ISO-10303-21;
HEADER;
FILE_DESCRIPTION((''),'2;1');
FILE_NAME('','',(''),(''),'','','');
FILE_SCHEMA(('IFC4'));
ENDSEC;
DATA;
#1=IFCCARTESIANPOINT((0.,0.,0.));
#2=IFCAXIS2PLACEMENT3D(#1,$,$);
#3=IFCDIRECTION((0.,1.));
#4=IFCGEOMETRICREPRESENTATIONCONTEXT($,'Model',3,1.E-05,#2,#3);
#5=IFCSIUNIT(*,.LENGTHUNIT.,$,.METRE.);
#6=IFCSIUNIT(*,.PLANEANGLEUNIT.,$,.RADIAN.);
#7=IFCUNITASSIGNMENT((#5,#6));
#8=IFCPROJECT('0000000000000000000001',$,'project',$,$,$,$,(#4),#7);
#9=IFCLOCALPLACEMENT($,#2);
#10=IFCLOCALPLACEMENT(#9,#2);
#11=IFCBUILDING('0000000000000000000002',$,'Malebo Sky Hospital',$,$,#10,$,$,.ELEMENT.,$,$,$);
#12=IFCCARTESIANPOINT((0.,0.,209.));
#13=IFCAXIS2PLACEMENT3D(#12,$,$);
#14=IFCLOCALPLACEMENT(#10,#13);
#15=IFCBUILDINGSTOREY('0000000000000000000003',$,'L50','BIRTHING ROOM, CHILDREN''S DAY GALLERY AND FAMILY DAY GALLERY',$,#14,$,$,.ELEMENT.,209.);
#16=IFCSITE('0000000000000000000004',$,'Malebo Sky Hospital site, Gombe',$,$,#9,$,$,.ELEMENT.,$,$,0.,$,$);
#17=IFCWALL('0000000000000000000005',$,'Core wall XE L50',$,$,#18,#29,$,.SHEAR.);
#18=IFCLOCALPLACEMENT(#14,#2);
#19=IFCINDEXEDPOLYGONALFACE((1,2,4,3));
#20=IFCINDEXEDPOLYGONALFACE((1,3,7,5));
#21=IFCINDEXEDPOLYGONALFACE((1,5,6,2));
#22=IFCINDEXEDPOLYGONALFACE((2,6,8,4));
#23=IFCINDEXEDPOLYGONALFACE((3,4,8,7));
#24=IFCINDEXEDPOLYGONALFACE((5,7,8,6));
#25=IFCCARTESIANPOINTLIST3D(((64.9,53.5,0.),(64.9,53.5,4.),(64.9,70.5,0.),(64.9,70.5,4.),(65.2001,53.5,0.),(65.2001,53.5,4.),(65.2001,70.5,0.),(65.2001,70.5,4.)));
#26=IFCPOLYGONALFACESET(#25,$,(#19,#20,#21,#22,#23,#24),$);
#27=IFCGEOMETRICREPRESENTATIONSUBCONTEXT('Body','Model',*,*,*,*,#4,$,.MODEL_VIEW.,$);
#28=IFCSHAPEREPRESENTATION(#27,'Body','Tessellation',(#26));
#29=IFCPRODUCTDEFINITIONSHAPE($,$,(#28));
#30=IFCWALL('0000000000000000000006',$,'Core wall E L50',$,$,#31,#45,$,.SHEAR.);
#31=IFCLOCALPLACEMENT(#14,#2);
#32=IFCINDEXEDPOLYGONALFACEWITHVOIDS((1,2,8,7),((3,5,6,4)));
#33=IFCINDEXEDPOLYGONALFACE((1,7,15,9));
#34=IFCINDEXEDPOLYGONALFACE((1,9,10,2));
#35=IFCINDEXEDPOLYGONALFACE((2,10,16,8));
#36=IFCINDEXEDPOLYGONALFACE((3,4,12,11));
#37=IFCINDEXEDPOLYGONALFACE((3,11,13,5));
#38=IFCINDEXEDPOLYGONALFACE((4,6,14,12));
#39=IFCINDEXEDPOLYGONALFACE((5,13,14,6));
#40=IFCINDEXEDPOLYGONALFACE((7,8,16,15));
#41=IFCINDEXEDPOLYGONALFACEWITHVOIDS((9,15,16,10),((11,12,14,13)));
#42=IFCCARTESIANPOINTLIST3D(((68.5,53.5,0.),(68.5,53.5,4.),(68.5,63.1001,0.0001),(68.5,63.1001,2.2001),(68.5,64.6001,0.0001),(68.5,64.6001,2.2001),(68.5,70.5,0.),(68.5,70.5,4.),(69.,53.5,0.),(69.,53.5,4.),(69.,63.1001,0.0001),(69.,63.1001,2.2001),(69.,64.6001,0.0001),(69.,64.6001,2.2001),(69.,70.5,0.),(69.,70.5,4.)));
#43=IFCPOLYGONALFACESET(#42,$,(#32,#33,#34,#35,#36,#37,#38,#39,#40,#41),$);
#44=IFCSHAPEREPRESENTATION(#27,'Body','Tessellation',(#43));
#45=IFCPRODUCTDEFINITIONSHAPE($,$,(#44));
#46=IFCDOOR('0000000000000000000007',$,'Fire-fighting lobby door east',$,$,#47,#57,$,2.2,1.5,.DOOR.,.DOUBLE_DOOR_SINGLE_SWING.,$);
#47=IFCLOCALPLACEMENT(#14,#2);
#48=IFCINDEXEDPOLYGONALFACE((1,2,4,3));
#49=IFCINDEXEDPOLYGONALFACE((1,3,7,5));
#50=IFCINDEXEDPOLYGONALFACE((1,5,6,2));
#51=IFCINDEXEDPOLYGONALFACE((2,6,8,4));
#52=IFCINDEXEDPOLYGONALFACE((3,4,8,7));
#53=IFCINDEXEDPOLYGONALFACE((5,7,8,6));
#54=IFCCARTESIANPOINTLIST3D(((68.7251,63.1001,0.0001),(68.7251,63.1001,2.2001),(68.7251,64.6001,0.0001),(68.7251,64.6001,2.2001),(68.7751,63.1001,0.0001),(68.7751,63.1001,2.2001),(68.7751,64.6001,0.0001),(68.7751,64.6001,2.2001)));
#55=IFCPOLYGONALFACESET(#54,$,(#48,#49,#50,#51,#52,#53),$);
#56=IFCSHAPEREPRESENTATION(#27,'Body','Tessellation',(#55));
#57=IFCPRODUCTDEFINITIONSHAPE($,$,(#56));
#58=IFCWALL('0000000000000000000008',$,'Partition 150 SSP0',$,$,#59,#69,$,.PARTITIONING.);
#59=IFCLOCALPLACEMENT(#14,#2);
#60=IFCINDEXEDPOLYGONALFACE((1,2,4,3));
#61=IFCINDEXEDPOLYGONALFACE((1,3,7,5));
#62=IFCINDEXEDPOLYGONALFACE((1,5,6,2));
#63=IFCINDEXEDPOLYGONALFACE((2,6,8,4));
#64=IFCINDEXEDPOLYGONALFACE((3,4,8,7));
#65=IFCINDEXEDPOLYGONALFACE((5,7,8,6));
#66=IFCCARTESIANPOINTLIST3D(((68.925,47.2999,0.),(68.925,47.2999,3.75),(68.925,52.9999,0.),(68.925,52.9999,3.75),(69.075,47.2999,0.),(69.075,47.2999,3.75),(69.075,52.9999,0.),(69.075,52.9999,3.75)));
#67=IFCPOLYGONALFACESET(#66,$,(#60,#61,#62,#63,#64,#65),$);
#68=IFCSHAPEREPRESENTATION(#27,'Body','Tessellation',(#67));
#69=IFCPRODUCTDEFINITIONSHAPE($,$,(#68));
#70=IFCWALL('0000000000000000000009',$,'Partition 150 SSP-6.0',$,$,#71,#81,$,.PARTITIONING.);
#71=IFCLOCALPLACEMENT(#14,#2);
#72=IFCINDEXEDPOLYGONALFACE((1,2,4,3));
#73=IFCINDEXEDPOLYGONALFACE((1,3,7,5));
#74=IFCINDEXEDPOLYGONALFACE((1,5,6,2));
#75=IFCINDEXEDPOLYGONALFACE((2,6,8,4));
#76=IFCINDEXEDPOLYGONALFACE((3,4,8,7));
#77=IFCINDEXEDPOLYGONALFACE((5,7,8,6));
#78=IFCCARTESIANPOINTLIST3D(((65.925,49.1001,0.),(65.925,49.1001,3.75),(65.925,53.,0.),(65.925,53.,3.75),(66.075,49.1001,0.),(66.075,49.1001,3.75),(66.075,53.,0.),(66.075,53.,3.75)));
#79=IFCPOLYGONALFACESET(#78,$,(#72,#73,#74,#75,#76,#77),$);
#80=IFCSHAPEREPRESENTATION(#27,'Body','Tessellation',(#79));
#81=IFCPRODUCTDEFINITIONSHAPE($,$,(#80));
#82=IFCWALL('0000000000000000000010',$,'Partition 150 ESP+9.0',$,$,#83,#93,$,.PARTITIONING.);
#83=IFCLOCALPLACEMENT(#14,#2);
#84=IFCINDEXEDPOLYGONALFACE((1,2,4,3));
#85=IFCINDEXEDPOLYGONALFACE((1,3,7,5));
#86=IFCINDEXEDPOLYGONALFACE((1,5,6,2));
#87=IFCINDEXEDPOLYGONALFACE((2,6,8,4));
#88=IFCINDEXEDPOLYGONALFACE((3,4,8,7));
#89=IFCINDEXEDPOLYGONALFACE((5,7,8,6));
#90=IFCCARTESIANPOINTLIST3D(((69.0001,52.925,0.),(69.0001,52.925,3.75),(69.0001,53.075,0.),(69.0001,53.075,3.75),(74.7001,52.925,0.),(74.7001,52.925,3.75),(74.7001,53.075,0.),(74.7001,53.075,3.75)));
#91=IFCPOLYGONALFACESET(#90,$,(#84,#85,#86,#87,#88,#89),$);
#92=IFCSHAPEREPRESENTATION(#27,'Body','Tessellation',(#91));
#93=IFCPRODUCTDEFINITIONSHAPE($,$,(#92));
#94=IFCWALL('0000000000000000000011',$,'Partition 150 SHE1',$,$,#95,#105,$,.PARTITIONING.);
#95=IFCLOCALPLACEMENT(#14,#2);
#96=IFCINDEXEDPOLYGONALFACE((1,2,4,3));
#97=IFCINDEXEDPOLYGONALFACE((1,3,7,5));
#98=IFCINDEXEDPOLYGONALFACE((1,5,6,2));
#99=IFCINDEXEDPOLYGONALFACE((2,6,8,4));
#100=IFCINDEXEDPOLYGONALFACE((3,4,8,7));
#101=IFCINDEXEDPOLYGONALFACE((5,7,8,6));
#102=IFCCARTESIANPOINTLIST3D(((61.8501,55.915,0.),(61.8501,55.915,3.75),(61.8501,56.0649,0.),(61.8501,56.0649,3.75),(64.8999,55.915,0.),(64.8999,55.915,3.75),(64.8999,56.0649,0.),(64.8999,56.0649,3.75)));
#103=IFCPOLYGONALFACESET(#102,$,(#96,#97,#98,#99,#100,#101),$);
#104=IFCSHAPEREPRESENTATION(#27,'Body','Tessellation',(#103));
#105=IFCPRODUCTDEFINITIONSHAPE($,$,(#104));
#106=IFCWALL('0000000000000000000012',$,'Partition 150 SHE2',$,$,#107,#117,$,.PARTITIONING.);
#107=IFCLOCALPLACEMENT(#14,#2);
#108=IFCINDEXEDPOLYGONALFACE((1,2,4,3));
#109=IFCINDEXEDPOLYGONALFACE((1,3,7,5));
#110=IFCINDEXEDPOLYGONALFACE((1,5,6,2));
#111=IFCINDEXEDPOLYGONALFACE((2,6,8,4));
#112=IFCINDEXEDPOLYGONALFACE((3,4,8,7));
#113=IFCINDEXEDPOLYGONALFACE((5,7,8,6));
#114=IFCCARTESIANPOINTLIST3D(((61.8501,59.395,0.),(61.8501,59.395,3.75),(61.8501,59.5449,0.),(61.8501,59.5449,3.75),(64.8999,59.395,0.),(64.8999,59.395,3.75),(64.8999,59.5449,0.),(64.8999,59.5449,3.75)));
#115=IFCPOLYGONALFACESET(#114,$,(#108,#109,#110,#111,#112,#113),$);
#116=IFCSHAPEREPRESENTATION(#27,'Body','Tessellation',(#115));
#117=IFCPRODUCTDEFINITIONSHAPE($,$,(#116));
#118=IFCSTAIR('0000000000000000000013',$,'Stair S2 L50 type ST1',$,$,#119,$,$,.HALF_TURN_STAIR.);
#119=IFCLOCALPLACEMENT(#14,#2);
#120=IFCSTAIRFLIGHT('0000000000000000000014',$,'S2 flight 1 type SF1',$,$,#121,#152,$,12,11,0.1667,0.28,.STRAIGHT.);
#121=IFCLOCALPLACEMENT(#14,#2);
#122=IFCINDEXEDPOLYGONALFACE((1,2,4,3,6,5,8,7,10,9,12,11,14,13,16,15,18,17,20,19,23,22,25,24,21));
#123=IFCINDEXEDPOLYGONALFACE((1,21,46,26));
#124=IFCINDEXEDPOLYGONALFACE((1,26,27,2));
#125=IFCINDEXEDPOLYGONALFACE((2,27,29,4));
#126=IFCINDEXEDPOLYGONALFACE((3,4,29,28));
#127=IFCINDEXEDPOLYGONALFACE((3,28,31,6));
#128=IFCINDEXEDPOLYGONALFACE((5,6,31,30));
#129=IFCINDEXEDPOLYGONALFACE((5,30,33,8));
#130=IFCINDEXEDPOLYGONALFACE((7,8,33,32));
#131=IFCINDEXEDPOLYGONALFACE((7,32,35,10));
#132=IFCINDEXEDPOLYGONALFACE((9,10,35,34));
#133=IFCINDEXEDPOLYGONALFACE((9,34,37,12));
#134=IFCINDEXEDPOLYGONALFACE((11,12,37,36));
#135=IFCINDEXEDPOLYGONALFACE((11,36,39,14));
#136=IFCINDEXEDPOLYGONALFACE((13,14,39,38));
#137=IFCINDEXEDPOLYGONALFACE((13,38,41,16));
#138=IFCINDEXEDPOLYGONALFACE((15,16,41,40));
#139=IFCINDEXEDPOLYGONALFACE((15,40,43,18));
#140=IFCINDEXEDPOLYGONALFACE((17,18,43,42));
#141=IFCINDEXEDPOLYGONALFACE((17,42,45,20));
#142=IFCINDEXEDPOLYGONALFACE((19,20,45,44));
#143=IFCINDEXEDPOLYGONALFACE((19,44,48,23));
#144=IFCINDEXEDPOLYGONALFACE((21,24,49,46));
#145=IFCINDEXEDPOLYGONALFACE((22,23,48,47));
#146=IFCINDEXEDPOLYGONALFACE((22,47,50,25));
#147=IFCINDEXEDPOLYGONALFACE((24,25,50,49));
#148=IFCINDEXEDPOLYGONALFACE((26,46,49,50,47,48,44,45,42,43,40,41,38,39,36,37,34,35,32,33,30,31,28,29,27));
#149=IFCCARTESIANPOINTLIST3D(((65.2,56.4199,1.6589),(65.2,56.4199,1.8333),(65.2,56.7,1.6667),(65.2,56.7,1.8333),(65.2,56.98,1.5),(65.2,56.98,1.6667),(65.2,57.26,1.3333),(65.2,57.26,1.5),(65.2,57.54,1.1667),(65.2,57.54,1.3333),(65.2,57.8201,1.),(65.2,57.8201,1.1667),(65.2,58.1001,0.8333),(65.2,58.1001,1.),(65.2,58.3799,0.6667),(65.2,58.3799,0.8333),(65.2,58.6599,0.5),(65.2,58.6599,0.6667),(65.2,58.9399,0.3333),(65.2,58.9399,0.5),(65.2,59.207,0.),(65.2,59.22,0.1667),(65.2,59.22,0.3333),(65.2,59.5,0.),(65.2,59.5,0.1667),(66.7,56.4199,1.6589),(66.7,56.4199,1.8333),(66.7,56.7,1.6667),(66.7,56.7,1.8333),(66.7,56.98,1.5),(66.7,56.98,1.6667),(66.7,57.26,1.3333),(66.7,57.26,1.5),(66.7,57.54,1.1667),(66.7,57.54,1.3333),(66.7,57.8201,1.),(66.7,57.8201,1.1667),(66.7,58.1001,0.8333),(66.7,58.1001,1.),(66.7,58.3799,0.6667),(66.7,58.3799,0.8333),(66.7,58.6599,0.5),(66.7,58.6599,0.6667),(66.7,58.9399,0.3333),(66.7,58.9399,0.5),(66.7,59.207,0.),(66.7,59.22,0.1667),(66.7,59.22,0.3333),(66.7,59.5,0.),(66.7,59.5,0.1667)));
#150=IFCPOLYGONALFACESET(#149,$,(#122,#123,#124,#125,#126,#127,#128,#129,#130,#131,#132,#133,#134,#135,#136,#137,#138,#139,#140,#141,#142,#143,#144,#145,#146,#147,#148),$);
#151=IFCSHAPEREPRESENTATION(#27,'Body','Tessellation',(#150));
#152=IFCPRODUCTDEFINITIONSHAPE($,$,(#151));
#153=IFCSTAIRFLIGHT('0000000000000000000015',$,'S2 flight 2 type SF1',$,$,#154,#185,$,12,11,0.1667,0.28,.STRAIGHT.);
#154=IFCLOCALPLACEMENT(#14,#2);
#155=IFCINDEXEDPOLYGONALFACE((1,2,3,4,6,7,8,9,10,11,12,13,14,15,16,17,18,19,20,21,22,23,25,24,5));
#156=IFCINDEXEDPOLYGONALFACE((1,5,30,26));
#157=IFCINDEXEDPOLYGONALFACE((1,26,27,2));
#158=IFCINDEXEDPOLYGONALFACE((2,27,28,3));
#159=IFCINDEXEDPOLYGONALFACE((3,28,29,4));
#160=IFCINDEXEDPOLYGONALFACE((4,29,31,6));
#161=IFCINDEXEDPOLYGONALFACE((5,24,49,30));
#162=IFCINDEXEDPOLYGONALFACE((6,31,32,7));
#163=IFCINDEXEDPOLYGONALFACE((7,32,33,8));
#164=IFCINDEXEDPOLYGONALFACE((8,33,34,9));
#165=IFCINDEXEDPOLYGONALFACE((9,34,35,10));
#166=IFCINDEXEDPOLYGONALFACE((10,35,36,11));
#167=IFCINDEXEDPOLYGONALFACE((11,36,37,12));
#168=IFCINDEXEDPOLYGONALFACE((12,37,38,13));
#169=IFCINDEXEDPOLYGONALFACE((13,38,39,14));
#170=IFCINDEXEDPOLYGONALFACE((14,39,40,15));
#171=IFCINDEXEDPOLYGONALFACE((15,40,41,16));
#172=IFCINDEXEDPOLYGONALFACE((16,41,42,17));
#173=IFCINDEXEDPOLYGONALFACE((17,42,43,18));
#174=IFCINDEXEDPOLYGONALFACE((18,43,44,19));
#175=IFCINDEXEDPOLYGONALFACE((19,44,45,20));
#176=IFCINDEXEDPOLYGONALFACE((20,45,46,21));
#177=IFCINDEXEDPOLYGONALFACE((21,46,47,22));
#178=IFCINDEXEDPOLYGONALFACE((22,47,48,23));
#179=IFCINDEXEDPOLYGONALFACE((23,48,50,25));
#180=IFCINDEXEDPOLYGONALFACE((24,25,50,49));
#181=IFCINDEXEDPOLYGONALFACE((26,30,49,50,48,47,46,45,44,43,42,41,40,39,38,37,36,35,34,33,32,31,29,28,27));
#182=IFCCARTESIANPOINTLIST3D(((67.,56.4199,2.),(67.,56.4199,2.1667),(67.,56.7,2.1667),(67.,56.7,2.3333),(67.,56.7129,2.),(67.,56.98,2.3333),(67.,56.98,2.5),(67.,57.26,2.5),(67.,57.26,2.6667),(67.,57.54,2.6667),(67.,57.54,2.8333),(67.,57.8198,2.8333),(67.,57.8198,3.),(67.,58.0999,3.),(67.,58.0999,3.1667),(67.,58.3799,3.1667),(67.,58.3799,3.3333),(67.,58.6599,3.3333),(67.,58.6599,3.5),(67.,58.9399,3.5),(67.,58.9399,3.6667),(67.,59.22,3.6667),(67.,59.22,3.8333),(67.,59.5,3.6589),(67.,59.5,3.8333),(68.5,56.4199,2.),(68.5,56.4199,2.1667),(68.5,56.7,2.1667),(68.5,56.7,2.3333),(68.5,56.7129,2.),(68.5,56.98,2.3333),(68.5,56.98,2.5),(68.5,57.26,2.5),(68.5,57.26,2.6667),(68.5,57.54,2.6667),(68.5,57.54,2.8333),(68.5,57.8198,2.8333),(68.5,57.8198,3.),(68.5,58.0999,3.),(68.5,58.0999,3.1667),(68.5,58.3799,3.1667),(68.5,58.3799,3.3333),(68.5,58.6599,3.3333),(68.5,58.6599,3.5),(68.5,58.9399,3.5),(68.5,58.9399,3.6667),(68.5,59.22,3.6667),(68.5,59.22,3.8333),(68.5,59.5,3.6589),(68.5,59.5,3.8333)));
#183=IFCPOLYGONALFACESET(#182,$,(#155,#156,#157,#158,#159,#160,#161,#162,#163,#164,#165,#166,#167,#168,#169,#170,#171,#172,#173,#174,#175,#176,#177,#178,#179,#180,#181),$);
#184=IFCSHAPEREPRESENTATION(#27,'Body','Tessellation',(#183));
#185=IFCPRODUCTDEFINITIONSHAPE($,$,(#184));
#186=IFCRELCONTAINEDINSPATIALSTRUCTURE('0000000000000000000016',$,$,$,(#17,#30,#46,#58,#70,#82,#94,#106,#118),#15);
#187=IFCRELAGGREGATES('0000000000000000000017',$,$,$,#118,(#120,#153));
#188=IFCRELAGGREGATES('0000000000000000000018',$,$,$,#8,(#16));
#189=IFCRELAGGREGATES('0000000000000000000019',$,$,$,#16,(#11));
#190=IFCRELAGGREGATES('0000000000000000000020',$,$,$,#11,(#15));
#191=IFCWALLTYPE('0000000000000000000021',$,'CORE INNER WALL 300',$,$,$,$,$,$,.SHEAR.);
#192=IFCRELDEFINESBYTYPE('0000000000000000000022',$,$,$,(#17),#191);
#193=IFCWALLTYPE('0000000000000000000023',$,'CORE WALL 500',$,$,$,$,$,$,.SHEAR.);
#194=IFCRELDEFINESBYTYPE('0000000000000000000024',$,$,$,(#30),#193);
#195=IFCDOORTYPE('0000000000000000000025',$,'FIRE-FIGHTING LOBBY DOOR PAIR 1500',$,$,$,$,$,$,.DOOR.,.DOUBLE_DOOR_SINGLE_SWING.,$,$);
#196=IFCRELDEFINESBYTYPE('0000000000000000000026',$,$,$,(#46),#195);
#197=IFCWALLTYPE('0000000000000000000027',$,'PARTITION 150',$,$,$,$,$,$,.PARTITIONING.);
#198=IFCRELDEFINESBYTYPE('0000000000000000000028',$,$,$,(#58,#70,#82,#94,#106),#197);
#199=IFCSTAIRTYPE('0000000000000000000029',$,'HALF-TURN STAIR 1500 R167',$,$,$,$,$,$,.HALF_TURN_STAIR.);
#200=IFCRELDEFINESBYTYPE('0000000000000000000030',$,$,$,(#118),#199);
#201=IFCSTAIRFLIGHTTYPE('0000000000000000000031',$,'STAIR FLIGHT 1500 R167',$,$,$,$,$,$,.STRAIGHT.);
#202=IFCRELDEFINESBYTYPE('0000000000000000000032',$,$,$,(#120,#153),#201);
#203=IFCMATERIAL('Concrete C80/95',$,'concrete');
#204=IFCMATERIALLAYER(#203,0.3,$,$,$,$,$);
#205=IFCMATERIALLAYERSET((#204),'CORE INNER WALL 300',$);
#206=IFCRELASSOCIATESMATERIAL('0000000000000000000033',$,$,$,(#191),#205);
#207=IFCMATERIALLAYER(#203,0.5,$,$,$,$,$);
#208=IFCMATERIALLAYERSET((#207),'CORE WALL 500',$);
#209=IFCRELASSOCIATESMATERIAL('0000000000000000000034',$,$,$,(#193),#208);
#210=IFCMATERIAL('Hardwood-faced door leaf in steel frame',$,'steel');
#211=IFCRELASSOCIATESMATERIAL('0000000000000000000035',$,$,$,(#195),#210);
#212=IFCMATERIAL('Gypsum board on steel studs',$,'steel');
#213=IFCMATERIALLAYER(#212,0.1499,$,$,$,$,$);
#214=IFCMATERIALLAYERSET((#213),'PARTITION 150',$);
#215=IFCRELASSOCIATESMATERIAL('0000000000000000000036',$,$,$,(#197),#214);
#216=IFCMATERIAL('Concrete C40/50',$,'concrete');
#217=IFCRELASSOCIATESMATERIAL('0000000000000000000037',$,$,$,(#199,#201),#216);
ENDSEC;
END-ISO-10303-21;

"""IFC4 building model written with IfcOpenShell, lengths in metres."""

from ifc_helpers import new_model, si_unit, direction, frame, frame_2d, origin, place, context, subcontext, project, spatial, polyline, rectangle, outline, extrude, material, layer, layer_set, type_object, element, fill, aggregate, save


model = new_model("IFC4")

# Units and contexts
model_context = context("Model", 3, precision=1e-05, world=origin(), true_north=direction((0.0, 1.0)))
body_context = subcontext(model_context, "Body", "Model", "MODEL_VIEW")
ifc_project = project(units=[si_unit("LENGTHUNIT", "METRE"), si_unit("PLANEANGLEUNIT", "RADIAN")], contexts=[model_context])

# Site, building, storey
site_placement = place(None, origin())
site = spatial("IfcSite", under=ifc_project, at=site_placement, Name="Malebo Sky Hospital site, Gombe", CompositionType="ELEMENT", RefElevation=0.0)
building_placement = place(site_placement, origin())
building = spatial("IfcBuilding", under=site, at=building_placement, Name="Malebo Sky Hospital", CompositionType="ELEMENT")
storey_placement = place(building_placement, frame((0.0, 0.0, 209.0)))
storey = spatial("IfcBuildingStorey", under=building, at=storey_placement, Name="L50", Description="BIRTHING ROOM, CHILDREN'S DAY GALLERY AND FAMILY DAY GALLERY", CompositionType="ELEMENT", Elevation=209.0)

# Shared definitions
ifc_material_1 = material(Name="Concrete C80/95", Category="concrete")
ifc_material_2 = material(Name="Hardwood-faced door leaf in steel frame", Category="steel")

# Wall
ifc_layer_1 = layer(ifc_material_1, 0.3)
ifc_layer_set_1 = layer_set([ifc_layer_1], Name="CORE INNER WALL 300")
wall_type_1 = type_object("IfcWallType", Name="CORE INNER WALL 300", PredefinedType="SHEAR", material=ifc_layer_set_1)
wall_1_placement = place(storey_placement, frame((65.05, 53.5, 0.0), z_axis=(0.0, 0.0, 1.0), x_axis=(0.0, 1.0, 0.0)))
element("IfcWall", 1, at=wall_1_placement, inside=storey, type_object=wall_type_1, Name="Core wall XE L50", PredefinedType="SHEAR", context=body_context, shape_type="SweptSolid", body=[
    extrude(rectangle(XDim=17.0, YDim=0.3, at=frame_2d((8.5, 0.0))), origin(), (0.0, 0.0, 1.0), 4.0),
])

# Wall, opening, door
ifc_layer_2 = layer(ifc_material_1, 0.5)
ifc_layer_set_2 = layer_set([ifc_layer_2], Name="CORE WALL 500")
wall_type_2 = type_object("IfcWallType", Name="CORE WALL 500", PredefinedType="SHEAR", material=ifc_layer_set_2)
wall_2_placement = place(storey_placement, frame((68.75, 53.5, 0.0), z_axis=(0.0, 0.0, 1.0), x_axis=(0.0, 1.0, 0.0)))
wall_2 = element("IfcWall", 2, at=wall_2_placement, inside=storey, type_object=wall_type_2, Name="Core wall E L50", PredefinedType="SHEAR", context=body_context, shape_type="SweptSolid", body=[
    extrude(rectangle(XDim=17.0, YDim=0.5, at=frame_2d((8.5, 0.0))), origin(), (0.0, 0.0, 1.0), 4.0),
])
opening_1_placement = place(wall_2_placement, frame((9.6001, 0.0, 0.0)))
opening_1 = element("IfcOpeningElement", 3, at=opening_1_placement, cuts=wall_2, PredefinedType="OPENING", context=body_context, shape_type="SweptSolid", body=[
    extrude(rectangle(XDim=1.5, YDim=2.2, at=frame_2d((0.75, 1.1001))), frame((0.0, 0.26, 0.0), z_axis=(0.0, -1.0, 0.0), x_axis=(1.0, 0.0, 0.0)), (0.0, 0.0, 1.0), 0.52),
])
door_type_1 = type_object("IfcDoorType", Name="FIRE-FIGHTING LOBBY DOOR PAIR 1500", OperationType="DOUBLE_DOOR_SINGLE_SWING", PredefinedType="DOOR", material=ifc_material_2)
door_1_placement = place(opening_1_placement, origin())
door_1 = element("IfcDoor", 4, at=door_1_placement, inside=storey, type_object=door_type_1, Name="Fire-fighting lobby door east", OperationType="DOUBLE_DOOR_SINGLE_SWING", OverallHeight=2.2, OverallWidth=1.5, PredefinedType="DOOR", context=body_context, shape_type="SweptSolid", body=[
    extrude(rectangle(XDim=1.5, YDim=2.2, at=frame_2d((0.75, 1.1001))), frame((0.0, 0.0249, 0.0), z_axis=(0.0, -1.0, 0.0), x_axis=(1.0, 0.0, 0.0)), (0.0, 0.0, 1.0), 0.05),
])
fill(opening_1, door_1)

# Walls
ifc_material_3 = material(Name="Gypsum board on steel studs", Category="steel")
ifc_layer_3 = layer(ifc_material_3, 0.1499)
ifc_layer_set_3 = layer_set([ifc_layer_3], Name="PARTITION 150")
wall_type_3 = type_object("IfcWallType", Name="PARTITION 150", PredefinedType="PARTITIONING", material=ifc_layer_set_3)
wall_3_placement = place(storey_placement, frame((69.0, 53.0, 0.0), z_axis=(0.0, 0.0, 1.0), x_axis=(0.0, -1.0, 0.0)))
element("IfcWall", 5, at=wall_3_placement, inside=storey, type_object=wall_type_3, Name="Partition 150 SSP0", PredefinedType="PARTITIONING", context=body_context, shape_type="SweptSolid", body=[
    extrude(rectangle(XDim=5.7, YDim=0.1499, at=frame_2d((2.8501, 0.0))), origin(), (0.0, 0.0, 1.0), 3.75),
])
wall_4_placement = place(storey_placement, frame((66.0, 53.0, 0.0), z_axis=(0.0, 0.0, 1.0), x_axis=(0.0, -1.0, 0.0)))
element("IfcWall", 6, at=wall_4_placement, inside=storey, type_object=wall_type_3, Name="Partition 150 SSP-6.0", PredefinedType="PARTITIONING", context=body_context, shape_type="SweptSolid", body=[
    extrude(rectangle(XDim=3.8999, YDim=0.1499, at=frame_2d((1.95, 0.0))), origin(), (0.0, 0.0, 1.0), 3.75),
])
wall_5_placement = place(storey_placement, frame((69.0, 53.0, 0.0), z_axis=(0.0, 0.0, 1.0), x_axis=(1.0, 0.0, 0.0)))
element("IfcWall", 7, at=wall_5_placement, inside=storey, type_object=wall_type_3, Name="Partition 150 ESP+9.0", PredefinedType="PARTITIONING", context=body_context, shape_type="SweptSolid", body=[
    extrude(rectangle(XDim=5.7, YDim=0.1499, at=frame_2d((2.8501, 0.0))), origin(), (0.0, 0.0, 1.0), 3.75),
])
for number, where, z_axis, x_axis, name in (
    (8, (61.8501, 55.99, 0.0), (0.0, 0.0, 1.0), (1.0, 0.0, 0.0), "Partition 150 SHE1"),
    (9, (61.8501, 59.47, 0.0), (0.0, 0.0, 1.0), (1.0, 0.0, 0.0), "Partition 150 SHE2"),
):
    element("IfcWall", number, at=place(storey_placement, frame(where, z_axis=z_axis, x_axis=x_axis)), inside=storey, type_object=wall_type_3, Name=name, PredefinedType="PARTITIONING", context=body_context, shape_type="SweptSolid", body=[
        extrude(rectangle(XDim=3.0498, YDim=0.1499, at=frame_2d((1.5249, 0.0))), origin(), (0.0, 0.0, 1.0), 3.75),
    ])

# Stair, stair flights
ifc_material_4 = material(Name="Concrete C40/50", Category="concrete")
stair_type = type_object("IfcStairType", Name="HALF-TURN STAIR 1500 R167", PredefinedType="HALF_TURN_STAIR", material=ifc_material_4)
stair_placement = place(storey_placement, origin())
stair = element("IfcStair", 10, at=stair_placement, inside=storey, type_object=stair_type, Name="Stair S2 L50 type ST1", PredefinedType="HALF_TURN_STAIR")
stair_flight_type = type_object("IfcStairFlightType", Name="STAIR FLIGHT 1500 R167", PredefinedType="STRAIGHT", material=ifc_material_4)
stair_flight_1_placement = place(storey_placement, frame((65.95, 59.5, 0.0), z_axis=(0.0, 0.0, 1.0), x_axis=(0.0, -1.0, 0.0)))
stair_flight_1 = element("IfcStairFlight", 11, at=stair_flight_1_placement, type_object=stair_flight_type, Name="S2 flight 1 type SF1", NumberOfRisers=12, NumberOfTreads=11, PredefinedType="STRAIGHT", RiserHeight=0.1667, TreadLength=0.28, context=body_context, shape_type="SweptSolid", body=[
    extrude(outline(polyline([(0.0, 0.0), (0.0, 0.1667), (0.28, 0.1667), (0.28, 0.3333), (0.5601, 0.3333), (0.5601, 0.5), (0.8401, 0.5), (0.8401, 0.6667), (1.1201, 0.6667), (1.1201, 0.8333), (1.3999, 0.8333), (1.3999, 1.0), (1.6799, 1.0), (1.6799, 1.1667), (1.96, 1.1667), (1.96, 1.3333), (2.24, 1.3333), (2.24, 1.5), (2.52, 1.5), (2.52, 1.6667), (2.8, 1.6667), (2.8, 1.8333), (3.0801, 1.8333), (3.0801, 2.0), (3.0801, 1.6589), (0.293, 0.0), (0.0, 0.0)])), frame((0.0, 0.75, 0.0), z_axis=(0.0, -1.0, 0.0), x_axis=(1.0, 0.0, 0.0)), (0.0, 0.0, 1.0), 1.5),
])
stair_flight_2_placement = place(storey_placement, frame((67.75, 56.4199, 2.0), z_axis=(0.0, 0.0, 1.0), x_axis=(0.0, 1.0, 0.0)))
stair_flight_2 = element("IfcStairFlight", 12, at=stair_flight_2_placement, type_object=stair_flight_type, Name="S2 flight 2 type SF1", NumberOfRisers=12, NumberOfTreads=11, PredefinedType="STRAIGHT", RiserHeight=0.1667, TreadLength=0.28, context=body_context, shape_type="SweptSolid", body=[
    extrude(outline(polyline([(0.0, 0.0), (0.0, 0.1667), (0.28, 0.1667), (0.28, 0.3333), (0.5601, 0.3333), (0.5601, 0.5), (0.8401, 0.5), (0.8401, 0.6667), (1.1201, 0.6667), (1.1201, 0.8333), (1.3999, 0.8333), (1.3999, 1.0), (1.6799, 1.0), (1.6799, 1.1667), (1.96, 1.1667), (1.96, 1.3333), (2.24, 1.3333), (2.24, 1.5), (2.52, 1.5), (2.52, 1.6667), (2.8, 1.6667), (2.8, 1.8333), (3.0801, 1.8333), (3.0801, 2.0), (3.0801, 1.6589), (0.293, 0.0), (0.0, 0.0)])), frame((0.0, 0.75, 0.0), z_axis=(0.0, -1.0, 0.0), x_axis=(1.0, 0.0, 0.0)), (0.0, 0.0, 1.0), 1.5),
])
aggregate(stair, [stair_flight_1, stair_flight_2])

save(model, "model.ifc")
